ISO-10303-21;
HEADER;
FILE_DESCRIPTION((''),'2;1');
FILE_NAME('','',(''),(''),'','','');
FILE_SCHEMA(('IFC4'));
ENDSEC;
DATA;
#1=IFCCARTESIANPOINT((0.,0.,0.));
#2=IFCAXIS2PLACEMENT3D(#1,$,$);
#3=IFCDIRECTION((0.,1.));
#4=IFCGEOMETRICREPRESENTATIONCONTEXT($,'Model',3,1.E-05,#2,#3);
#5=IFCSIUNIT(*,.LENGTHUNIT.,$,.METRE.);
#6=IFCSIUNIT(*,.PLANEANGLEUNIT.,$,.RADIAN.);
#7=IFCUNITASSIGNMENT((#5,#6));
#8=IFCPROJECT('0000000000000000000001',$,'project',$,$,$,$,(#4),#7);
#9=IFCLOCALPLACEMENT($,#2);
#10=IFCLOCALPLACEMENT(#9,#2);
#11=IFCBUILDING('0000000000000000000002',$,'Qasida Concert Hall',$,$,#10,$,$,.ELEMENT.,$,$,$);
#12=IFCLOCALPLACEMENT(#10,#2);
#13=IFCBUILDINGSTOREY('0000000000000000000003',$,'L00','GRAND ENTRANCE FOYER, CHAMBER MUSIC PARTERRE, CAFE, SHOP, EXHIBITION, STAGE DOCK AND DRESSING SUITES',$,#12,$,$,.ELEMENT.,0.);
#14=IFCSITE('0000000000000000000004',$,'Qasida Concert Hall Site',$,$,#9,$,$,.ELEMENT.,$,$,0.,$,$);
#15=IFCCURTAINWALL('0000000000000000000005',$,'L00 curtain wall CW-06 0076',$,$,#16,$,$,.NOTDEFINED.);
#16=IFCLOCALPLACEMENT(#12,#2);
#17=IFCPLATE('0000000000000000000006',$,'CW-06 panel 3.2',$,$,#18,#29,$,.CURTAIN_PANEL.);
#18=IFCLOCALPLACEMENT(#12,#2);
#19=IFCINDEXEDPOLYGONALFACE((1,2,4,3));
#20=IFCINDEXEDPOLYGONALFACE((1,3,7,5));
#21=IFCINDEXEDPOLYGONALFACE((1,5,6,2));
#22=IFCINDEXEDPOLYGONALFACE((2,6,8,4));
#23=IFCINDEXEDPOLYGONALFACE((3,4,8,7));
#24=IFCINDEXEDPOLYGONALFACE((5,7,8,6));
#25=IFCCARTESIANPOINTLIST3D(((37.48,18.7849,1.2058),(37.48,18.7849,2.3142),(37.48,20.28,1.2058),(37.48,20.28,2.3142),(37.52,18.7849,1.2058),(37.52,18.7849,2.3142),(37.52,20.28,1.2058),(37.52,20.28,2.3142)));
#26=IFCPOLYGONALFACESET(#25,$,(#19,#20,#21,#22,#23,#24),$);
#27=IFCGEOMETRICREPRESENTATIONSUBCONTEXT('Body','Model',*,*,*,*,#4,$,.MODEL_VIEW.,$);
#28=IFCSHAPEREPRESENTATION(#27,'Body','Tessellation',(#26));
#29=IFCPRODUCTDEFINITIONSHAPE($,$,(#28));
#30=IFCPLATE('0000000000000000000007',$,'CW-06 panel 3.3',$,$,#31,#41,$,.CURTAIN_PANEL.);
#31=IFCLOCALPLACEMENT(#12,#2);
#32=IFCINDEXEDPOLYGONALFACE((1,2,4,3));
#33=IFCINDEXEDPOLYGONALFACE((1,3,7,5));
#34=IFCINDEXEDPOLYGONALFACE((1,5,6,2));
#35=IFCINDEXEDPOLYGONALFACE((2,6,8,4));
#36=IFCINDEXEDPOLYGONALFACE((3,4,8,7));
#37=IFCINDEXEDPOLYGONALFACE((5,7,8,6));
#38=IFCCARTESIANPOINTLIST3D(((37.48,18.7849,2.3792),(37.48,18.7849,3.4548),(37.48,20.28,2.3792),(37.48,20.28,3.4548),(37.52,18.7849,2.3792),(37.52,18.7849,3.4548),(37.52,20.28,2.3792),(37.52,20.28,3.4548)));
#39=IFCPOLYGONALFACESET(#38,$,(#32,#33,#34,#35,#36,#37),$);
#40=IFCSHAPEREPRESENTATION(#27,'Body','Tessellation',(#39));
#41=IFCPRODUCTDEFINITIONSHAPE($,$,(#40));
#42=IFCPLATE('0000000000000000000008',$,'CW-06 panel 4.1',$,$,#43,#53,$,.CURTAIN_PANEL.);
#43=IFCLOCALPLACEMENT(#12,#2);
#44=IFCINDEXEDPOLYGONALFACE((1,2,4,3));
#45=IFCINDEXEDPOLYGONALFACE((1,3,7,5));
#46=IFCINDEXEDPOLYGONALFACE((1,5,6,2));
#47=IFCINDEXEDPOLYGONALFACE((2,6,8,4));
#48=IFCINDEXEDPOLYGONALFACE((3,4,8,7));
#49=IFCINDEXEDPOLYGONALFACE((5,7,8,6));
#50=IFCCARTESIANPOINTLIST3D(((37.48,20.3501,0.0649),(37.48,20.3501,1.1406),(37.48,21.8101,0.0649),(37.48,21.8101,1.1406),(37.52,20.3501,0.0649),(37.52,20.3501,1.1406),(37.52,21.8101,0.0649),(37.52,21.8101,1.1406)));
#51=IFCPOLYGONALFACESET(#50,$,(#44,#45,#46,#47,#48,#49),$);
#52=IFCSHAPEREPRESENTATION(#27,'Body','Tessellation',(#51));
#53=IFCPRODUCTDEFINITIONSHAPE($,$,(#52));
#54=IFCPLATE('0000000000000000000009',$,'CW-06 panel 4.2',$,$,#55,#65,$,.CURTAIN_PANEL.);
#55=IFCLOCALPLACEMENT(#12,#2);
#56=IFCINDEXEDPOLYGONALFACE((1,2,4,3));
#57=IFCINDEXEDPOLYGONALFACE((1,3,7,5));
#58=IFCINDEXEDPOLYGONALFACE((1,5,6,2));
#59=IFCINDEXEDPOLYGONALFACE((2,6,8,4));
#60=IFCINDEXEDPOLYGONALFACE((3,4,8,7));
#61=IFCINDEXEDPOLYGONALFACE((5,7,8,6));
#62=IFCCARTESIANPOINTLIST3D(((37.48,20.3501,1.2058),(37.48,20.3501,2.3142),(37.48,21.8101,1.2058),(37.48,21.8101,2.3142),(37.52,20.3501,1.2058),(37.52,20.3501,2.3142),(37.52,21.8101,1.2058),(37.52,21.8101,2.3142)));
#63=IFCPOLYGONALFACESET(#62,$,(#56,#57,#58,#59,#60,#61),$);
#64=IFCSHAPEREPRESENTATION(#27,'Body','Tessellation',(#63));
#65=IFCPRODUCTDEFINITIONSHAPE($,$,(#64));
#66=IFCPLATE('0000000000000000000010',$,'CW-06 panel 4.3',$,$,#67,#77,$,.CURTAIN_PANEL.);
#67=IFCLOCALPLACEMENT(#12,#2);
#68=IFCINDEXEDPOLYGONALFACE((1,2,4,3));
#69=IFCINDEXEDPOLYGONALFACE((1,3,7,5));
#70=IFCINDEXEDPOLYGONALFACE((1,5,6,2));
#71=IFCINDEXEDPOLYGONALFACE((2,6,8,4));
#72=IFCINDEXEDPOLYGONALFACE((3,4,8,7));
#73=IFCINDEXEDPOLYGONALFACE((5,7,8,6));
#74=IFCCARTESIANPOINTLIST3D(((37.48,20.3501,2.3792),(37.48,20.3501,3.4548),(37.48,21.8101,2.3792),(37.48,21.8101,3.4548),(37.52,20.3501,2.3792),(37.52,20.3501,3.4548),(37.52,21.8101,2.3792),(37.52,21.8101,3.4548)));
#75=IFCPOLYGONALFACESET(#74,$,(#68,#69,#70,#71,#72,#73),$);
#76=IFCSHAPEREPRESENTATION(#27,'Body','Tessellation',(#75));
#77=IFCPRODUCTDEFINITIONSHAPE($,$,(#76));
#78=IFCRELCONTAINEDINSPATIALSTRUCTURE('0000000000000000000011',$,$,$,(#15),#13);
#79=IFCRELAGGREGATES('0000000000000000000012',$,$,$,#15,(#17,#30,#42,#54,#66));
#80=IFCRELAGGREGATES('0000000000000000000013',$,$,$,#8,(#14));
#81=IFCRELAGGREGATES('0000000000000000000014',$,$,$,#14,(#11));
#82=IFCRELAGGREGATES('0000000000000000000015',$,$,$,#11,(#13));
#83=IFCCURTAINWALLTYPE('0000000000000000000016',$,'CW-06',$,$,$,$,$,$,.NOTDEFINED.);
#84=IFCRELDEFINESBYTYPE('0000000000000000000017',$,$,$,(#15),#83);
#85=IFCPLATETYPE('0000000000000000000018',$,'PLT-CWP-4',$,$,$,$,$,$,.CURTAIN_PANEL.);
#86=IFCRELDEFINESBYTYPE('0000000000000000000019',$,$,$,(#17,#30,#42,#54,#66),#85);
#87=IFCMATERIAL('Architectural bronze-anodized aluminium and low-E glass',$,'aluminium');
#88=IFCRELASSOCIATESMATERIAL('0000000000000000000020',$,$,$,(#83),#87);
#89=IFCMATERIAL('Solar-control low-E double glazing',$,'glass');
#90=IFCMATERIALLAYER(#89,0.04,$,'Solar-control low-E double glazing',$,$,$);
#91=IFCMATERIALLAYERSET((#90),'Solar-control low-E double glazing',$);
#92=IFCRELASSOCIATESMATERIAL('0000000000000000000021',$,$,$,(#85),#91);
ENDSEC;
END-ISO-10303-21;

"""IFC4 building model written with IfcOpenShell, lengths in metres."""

from ifc_helpers import new_model, si_unit, direction, frame, origin, origin_2d, place, context, subcontext, project, spatial, rectangle, extrude, material, layer, layer_set, type_object, element, aggregate, save


model = new_model("IFC4")

# Units and contexts
model_context = context("Model", 3, precision=1e-05, world=origin(), true_north=direction((0.0, 1.0)))
body_context = subcontext(model_context, "Body", "Model", "MODEL_VIEW")
ifc_project = project(units=[si_unit("LENGTHUNIT", "METRE"), si_unit("PLANEANGLEUNIT", "RADIAN")], contexts=[model_context])

# Site, building, storey
site_placement = place(None, origin())
site = spatial("IfcSite", under=ifc_project, at=site_placement, Name="Qasida Concert Hall Site", CompositionType="ELEMENT", RefElevation=0.0)
building_placement = place(site_placement, origin())
building = spatial("IfcBuilding", under=site, at=building_placement, Name="Qasida Concert Hall", CompositionType="ELEMENT")
storey_placement = place(building_placement, origin())
storey = spatial("IfcBuildingStorey", under=building, at=storey_placement, Name="L00", Description="GRAND ENTRANCE FOYER, CHAMBER MUSIC PARTERRE, CAFE, SHOP, EXHIBITION, STAGE DOCK AND DRESSING SUITES", CompositionType="ELEMENT", Elevation=0.0)

# Curtain wall, plates
ifc_material_1 = material(Name="Architectural bronze-anodized aluminium and low-E glass", Category="aluminium")
curtain_wall_type = type_object("IfcCurtainWallType", Name="CW-06", PredefinedType="NOTDEFINED", material=ifc_material_1)
curtain_wall_placement = place(storey_placement, origin())
curtain_wall = element("IfcCurtainWall", 1, at=curtain_wall_placement, inside=storey, type_object=curtain_wall_type, Name="L00 curtain wall CW-06 0076", PredefinedType="NOTDEFINED")
ifc_material_2 = material(Name="Solar-control low-E double glazing", Category="glass")
ifc_layer = layer(ifc_material_2, 0.04, Name="Solar-control low-E double glazing")
ifc_layer_set = layer_set([ifc_layer], Name="Solar-control low-E double glazing")
plate_type = type_object("IfcPlateType", Name="PLT-CWP-4", PredefinedType="CURTAIN_PANEL", material=ifc_layer_set)
plate_1_placement = place(storey_placement, frame((37.5, 19.5325, 1.2058), z_axis=(0.0, 0.0, 1.0), x_axis=(0.0, 1.0, 0.0)))
plate_1 = element("IfcPlate", 2, at=plate_1_placement, type_object=plate_type, Name="CW-06 panel 3.2", PredefinedType="CURTAIN_PANEL", context=body_context, shape_type="SweptSolid", body=[
    extrude(rectangle(XDim=1.4951, YDim=0.04, at=origin_2d()), origin(), (0.0, 0.0, 1.0), 1.1084),
])
plate_2_placement = place(storey_placement, frame((37.5, 19.5325, 2.3792), z_axis=(0.0, 0.0, 1.0), x_axis=(0.0, 1.0, 0.0)))
plate_2 = element("IfcPlate", 3, at=plate_2_placement, type_object=plate_type, Name="CW-06 panel 3.3", PredefinedType="CURTAIN_PANEL", context=body_context, shape_type="SweptSolid", body=[
    extrude(rectangle(XDim=1.4951, YDim=0.04, at=origin_2d()), origin(), (0.0, 0.0, 1.0), 1.0757),
])
plate_3_placement = place(storey_placement, frame((37.5, 21.0801, 0.0649), z_axis=(0.0, 0.0, 1.0), x_axis=(0.0, 1.0, 0.0)))
plate_3 = element("IfcPlate", 4, at=plate_3_placement, type_object=plate_type, Name="CW-06 panel 4.1", PredefinedType="CURTAIN_PANEL", context=body_context, shape_type="SweptSolid", body=[
    extrude(rectangle(XDim=1.46, YDim=0.04, at=origin_2d()), origin(), (0.0, 0.0, 1.0), 1.0757),
])
plate_4_placement = place(storey_placement, frame((37.5, 21.0801, 1.2058), z_axis=(0.0, 0.0, 1.0), x_axis=(0.0, 1.0, 0.0)))
plate_4 = element("IfcPlate", 5, at=plate_4_placement, type_object=plate_type, Name="CW-06 panel 4.2", PredefinedType="CURTAIN_PANEL", context=body_context, shape_type="SweptSolid", body=[
    extrude(rectangle(XDim=1.46, YDim=0.04, at=origin_2d()), origin(), (0.0, 0.0, 1.0), 1.1084),
])
plate_5_placement = place(storey_placement, frame((37.5, 21.0801, 2.3792), z_axis=(0.0, 0.0, 1.0), x_axis=(0.0, 1.0, 0.0)))
plate_5 = element("IfcPlate", 6, at=plate_5_placement, type_object=plate_type, Name="CW-06 panel 4.3", PredefinedType="CURTAIN_PANEL", context=body_context, shape_type="SweptSolid", body=[
    extrude(rectangle(XDim=1.46, YDim=0.04, at=origin_2d()), origin(), (0.0, 0.0, 1.0), 1.0757),
])
aggregate(curtain_wall, [plate_1, plate_2, plate_3, plate_4, plate_5])

save(model, "model.ifc")
